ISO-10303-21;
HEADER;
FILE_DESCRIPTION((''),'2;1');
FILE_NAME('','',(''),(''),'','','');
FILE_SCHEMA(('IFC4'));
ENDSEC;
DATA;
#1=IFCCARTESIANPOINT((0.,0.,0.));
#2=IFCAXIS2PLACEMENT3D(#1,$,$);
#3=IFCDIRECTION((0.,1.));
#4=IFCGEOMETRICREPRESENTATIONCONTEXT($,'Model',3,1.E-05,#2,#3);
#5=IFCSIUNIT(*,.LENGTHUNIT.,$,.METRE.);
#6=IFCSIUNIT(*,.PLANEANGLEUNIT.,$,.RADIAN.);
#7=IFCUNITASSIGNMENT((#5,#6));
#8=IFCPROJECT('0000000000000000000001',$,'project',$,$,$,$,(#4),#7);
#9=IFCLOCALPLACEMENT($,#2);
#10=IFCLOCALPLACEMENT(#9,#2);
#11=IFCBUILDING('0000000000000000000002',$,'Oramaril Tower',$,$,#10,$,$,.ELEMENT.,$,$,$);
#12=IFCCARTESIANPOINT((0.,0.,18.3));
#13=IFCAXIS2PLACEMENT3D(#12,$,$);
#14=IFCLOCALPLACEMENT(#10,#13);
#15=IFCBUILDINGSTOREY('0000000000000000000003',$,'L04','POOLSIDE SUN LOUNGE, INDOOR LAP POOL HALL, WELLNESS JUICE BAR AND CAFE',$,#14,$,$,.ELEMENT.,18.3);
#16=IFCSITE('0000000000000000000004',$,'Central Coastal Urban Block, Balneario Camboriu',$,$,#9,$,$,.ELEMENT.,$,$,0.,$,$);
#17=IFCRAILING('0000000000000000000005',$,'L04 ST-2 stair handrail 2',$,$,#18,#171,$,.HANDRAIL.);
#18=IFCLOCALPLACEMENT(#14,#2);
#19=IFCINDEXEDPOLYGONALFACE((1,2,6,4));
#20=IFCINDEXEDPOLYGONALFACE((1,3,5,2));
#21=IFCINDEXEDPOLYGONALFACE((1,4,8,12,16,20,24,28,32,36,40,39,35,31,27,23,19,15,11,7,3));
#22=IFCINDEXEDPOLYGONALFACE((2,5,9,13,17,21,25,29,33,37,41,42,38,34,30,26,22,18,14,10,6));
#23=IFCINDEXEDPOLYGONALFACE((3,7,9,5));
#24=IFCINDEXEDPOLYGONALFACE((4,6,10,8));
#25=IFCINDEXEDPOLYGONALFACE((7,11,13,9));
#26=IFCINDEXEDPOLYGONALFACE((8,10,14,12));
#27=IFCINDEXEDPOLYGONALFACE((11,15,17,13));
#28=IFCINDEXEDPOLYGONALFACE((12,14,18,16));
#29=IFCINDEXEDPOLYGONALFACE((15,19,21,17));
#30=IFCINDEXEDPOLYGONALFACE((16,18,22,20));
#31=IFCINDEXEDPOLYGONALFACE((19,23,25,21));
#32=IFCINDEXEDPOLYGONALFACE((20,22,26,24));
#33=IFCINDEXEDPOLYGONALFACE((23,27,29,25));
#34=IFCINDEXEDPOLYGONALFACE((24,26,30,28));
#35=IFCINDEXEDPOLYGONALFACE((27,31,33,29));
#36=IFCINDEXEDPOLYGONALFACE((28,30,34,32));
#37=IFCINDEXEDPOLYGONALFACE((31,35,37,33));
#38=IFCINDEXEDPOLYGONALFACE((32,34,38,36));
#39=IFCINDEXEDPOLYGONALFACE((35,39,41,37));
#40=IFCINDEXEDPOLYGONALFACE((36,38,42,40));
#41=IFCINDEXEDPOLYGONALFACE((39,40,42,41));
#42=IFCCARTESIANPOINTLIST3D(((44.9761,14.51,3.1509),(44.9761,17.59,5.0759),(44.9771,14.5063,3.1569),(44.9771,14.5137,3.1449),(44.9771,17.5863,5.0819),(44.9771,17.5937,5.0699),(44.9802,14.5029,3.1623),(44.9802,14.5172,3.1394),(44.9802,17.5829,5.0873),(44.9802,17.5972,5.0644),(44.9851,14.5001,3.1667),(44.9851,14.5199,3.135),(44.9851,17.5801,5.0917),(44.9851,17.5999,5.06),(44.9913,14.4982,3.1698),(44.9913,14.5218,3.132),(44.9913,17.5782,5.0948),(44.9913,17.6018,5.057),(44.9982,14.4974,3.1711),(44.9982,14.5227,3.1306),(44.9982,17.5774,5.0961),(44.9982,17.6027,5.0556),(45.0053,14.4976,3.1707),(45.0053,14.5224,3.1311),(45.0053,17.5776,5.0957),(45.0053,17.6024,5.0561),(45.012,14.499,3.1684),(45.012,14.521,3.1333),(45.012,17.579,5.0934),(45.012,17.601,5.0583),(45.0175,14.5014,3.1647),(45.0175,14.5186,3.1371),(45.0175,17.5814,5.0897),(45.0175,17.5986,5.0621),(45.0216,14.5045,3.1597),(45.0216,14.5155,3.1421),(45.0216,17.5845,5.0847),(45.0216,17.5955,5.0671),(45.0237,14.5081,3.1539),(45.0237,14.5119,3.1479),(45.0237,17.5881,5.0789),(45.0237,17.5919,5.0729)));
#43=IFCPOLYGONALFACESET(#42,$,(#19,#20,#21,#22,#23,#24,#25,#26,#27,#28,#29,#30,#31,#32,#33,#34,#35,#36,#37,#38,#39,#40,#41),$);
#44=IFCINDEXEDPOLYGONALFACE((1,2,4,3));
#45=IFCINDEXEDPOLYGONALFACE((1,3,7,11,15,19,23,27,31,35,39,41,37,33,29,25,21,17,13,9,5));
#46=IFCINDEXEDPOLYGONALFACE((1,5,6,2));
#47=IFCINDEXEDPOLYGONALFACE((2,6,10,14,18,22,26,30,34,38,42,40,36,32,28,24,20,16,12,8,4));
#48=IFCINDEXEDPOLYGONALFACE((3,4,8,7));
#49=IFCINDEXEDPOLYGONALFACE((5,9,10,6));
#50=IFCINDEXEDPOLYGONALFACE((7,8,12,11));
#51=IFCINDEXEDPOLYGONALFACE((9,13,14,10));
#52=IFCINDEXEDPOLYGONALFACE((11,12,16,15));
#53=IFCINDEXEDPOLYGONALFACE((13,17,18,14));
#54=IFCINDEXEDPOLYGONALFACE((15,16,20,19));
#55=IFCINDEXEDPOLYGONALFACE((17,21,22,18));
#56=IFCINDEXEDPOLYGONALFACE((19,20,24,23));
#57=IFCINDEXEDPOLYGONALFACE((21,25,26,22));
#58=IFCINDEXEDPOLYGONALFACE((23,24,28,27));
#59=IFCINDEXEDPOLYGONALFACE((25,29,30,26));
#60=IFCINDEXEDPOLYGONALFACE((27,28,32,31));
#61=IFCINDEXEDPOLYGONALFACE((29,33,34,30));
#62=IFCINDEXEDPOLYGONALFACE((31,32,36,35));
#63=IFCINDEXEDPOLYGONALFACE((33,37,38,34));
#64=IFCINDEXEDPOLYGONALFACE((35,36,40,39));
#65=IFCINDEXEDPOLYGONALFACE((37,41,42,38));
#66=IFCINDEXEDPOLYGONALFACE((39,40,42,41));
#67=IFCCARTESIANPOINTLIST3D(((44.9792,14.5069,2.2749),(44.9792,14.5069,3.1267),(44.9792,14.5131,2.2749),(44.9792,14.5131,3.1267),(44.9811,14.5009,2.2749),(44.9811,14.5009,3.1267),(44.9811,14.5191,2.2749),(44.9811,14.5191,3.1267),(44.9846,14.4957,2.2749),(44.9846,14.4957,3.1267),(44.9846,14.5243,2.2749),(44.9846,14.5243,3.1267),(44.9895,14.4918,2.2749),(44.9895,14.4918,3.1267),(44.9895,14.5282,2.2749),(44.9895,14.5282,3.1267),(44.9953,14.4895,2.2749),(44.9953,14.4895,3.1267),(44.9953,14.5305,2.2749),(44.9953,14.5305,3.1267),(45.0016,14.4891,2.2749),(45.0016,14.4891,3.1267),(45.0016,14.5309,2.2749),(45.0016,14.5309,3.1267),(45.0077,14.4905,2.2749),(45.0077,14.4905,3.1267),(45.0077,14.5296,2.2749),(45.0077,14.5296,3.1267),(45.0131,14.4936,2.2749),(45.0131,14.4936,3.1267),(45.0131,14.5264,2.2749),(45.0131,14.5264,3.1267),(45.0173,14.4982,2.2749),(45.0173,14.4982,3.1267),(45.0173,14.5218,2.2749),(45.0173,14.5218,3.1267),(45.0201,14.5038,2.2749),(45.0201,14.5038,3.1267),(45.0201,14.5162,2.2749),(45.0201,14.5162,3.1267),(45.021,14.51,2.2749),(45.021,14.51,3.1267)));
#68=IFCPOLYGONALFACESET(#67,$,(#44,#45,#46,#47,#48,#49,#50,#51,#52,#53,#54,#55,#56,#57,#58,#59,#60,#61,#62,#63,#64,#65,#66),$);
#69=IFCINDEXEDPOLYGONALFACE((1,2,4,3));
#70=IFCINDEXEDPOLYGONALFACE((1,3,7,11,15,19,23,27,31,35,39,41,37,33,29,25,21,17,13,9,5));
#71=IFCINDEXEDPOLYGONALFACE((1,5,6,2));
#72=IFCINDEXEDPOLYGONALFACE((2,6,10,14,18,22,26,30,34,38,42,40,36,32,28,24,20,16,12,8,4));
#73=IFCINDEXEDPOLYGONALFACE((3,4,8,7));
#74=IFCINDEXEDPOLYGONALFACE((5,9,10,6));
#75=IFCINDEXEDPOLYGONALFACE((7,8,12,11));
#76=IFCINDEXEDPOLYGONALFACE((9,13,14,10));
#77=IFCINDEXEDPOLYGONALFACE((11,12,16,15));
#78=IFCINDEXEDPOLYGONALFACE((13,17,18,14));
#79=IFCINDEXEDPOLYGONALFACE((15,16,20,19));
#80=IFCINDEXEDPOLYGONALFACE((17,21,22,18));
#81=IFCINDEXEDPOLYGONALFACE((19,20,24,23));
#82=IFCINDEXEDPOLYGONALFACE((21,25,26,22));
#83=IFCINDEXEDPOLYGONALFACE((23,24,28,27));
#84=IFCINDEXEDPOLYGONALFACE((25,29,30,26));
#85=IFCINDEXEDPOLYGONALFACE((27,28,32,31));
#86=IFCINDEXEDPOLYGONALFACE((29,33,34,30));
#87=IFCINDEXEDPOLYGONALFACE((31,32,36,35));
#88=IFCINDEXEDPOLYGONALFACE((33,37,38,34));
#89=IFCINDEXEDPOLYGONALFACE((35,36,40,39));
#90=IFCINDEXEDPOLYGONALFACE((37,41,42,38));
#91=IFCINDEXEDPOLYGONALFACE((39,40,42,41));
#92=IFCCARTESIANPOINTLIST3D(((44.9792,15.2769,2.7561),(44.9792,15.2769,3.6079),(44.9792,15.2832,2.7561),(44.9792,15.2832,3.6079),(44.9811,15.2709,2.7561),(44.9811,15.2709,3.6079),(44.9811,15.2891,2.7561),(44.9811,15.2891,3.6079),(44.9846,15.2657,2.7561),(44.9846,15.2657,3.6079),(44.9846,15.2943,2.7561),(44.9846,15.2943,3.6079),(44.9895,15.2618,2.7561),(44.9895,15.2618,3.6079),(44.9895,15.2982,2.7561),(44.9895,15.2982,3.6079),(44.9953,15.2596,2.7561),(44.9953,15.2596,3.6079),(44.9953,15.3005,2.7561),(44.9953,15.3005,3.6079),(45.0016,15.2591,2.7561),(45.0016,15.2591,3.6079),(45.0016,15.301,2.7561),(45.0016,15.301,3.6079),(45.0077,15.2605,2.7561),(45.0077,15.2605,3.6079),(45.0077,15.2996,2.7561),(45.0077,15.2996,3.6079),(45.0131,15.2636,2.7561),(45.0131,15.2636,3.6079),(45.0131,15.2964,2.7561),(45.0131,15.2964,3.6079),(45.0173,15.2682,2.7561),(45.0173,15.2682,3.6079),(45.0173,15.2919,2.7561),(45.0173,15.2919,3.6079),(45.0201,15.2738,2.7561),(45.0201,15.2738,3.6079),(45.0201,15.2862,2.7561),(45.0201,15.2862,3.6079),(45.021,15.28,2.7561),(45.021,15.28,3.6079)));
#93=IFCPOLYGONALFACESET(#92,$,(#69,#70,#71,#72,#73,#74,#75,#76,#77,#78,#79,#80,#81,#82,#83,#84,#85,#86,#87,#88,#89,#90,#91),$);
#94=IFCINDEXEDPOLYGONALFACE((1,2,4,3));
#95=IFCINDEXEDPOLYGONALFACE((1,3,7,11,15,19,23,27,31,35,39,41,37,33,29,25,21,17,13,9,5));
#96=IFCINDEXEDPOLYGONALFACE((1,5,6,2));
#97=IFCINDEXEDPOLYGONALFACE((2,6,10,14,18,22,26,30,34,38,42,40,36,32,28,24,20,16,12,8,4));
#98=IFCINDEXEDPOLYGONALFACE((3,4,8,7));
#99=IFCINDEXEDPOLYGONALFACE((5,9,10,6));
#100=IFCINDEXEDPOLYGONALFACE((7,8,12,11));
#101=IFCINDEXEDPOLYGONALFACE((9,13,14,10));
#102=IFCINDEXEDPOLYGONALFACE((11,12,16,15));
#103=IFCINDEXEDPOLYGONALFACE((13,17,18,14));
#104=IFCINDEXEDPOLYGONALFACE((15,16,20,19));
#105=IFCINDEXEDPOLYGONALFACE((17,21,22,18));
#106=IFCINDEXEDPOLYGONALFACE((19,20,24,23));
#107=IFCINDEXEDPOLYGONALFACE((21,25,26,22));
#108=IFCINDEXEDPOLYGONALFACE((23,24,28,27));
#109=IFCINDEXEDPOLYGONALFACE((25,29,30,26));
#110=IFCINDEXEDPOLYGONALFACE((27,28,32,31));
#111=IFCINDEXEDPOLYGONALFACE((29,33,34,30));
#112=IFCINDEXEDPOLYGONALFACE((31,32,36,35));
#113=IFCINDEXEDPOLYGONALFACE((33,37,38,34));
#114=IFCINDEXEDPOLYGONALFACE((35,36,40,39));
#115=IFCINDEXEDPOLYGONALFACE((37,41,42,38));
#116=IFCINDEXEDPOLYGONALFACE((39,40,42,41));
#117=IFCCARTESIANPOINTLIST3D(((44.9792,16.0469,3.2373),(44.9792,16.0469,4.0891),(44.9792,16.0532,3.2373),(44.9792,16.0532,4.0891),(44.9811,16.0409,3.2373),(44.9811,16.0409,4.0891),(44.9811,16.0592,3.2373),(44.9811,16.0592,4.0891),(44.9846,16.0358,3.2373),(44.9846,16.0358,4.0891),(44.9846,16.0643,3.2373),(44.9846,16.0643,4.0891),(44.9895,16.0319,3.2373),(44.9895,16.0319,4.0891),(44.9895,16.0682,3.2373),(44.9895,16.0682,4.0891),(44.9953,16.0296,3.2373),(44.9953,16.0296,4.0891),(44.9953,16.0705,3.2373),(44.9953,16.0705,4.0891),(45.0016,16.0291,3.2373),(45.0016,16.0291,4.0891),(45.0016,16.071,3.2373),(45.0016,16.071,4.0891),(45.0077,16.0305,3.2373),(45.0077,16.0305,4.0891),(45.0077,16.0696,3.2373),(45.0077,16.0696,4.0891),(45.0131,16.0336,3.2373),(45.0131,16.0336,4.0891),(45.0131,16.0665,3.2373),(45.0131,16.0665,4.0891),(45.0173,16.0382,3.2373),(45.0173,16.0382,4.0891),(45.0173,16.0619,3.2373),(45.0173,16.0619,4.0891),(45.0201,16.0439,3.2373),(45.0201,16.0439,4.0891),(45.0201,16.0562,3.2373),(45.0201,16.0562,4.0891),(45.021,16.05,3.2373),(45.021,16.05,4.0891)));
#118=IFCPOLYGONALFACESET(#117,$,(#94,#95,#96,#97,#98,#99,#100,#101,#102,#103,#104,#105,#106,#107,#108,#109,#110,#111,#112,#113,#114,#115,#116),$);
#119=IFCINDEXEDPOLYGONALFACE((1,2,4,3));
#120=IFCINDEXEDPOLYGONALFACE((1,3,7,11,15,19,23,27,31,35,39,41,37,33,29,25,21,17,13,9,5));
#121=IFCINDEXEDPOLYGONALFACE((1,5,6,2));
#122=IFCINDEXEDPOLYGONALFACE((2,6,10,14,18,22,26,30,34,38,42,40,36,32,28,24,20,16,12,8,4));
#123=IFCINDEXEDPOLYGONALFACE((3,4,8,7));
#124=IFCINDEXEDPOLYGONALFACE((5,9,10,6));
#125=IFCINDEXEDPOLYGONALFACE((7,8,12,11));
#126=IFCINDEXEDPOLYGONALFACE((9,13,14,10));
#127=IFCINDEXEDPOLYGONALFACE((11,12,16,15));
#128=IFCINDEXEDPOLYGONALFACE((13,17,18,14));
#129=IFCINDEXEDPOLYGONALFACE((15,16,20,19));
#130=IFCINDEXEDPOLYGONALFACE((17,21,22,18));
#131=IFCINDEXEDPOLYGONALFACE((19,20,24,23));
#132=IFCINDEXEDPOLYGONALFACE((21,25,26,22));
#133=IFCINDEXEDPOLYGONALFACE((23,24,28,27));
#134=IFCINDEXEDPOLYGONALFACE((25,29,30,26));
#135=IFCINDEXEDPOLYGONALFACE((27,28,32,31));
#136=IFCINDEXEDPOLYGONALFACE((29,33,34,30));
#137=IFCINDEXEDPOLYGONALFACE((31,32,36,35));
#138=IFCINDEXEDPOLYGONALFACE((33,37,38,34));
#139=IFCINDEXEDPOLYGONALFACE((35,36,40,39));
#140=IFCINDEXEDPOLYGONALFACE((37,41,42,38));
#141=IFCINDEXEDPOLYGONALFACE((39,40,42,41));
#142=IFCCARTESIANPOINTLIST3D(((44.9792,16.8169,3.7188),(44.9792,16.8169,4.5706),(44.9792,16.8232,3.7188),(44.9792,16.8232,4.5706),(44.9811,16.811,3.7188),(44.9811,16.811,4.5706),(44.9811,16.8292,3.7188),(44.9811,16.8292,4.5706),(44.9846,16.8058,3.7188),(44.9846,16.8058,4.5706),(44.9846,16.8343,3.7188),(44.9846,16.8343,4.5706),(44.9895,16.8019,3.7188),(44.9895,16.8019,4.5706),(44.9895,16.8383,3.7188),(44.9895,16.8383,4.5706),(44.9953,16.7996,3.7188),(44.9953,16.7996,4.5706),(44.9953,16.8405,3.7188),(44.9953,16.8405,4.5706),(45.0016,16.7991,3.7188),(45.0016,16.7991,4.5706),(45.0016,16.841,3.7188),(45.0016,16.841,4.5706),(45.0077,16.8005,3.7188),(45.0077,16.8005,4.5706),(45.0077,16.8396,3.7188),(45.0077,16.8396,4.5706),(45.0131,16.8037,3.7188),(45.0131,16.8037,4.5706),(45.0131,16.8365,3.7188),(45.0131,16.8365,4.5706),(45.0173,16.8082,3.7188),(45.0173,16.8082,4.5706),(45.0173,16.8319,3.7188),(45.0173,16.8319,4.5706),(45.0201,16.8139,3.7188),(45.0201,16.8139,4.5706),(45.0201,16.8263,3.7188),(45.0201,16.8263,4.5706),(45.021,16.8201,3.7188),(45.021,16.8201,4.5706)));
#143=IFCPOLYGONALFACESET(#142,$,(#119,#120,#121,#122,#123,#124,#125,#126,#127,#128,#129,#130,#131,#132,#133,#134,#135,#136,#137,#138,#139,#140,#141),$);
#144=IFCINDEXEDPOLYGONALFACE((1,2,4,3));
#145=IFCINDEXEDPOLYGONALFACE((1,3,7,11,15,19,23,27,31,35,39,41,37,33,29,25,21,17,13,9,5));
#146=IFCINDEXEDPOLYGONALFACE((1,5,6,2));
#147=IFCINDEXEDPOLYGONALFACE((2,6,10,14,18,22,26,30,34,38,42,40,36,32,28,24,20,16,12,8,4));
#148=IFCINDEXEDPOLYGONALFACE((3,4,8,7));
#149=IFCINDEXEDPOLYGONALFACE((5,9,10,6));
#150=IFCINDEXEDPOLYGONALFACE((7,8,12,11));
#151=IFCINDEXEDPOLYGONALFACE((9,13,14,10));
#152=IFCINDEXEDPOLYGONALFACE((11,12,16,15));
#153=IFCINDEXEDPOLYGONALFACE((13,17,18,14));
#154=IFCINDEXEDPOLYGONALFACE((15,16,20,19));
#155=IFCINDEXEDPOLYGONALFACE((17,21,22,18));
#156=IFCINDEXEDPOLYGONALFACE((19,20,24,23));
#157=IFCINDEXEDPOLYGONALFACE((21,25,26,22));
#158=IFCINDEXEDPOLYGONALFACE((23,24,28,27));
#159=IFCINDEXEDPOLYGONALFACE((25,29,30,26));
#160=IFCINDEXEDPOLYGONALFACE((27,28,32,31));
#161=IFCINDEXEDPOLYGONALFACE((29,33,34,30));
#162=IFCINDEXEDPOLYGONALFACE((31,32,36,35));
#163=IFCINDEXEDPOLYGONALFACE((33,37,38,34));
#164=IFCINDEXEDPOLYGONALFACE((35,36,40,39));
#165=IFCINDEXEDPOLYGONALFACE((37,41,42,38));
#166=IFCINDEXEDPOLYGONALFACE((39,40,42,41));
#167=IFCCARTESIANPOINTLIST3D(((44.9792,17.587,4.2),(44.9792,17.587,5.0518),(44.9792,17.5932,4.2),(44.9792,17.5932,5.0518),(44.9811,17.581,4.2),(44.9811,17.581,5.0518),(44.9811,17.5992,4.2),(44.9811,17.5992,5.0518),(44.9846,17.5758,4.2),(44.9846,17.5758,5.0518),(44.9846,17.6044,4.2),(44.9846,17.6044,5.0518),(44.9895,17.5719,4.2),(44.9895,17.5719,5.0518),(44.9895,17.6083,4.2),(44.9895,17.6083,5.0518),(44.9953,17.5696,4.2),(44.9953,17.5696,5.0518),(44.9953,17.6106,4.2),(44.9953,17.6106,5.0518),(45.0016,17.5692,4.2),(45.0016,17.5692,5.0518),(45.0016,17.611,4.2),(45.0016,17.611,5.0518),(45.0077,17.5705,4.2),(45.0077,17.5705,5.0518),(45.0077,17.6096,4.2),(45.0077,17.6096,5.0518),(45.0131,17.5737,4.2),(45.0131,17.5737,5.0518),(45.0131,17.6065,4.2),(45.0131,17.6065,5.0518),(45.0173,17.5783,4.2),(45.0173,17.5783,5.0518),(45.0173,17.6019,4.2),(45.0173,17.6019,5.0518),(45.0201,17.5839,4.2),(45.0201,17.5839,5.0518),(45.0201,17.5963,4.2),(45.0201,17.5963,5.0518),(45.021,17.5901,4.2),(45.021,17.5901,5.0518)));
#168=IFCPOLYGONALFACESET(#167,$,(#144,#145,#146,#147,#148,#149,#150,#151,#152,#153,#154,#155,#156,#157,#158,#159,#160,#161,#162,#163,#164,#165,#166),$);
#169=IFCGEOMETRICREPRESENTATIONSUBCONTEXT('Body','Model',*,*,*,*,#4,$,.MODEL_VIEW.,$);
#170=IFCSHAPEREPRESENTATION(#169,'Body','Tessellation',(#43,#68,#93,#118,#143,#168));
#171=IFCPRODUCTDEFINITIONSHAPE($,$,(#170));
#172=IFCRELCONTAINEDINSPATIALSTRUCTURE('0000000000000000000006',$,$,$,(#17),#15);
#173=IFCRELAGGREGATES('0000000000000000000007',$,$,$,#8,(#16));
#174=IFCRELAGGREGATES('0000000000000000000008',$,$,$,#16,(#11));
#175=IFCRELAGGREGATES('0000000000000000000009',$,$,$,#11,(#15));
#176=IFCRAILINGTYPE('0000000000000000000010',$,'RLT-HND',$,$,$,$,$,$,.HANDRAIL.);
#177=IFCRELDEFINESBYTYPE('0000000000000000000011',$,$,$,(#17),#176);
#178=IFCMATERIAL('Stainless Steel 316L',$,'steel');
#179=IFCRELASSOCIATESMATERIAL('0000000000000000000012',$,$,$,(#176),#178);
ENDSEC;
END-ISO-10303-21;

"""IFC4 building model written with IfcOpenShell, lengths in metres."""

from ifc_helpers import new_model, si_unit, direction, frame, origin, origin_2d, place, context, subcontext, project, spatial, circle, extrude, material, type_object, element, save


model = new_model("IFC4")

# Units and contexts
model_context = context("Model", 3, precision=1e-05, world=origin(), true_north=direction((0.0, 1.0)))
body_context = subcontext(model_context, "Body", "Model", "MODEL_VIEW")
ifc_project = project(units=[si_unit("LENGTHUNIT", "METRE"), si_unit("PLANEANGLEUNIT", "RADIAN")], contexts=[model_context])

# Site, building, storey
site_placement = place(None, origin())
site = spatial("IfcSite", under=ifc_project, at=site_placement, Name="Central Coastal Urban Block, Balneario Camboriu", CompositionType="ELEMENT", RefElevation=0.0)
building_placement = place(site_placement, origin())
building = spatial("IfcBuilding", under=site, at=building_placement, Name="Oramaril Tower", CompositionType="ELEMENT")
storey_placement = place(building_placement, frame((0.0, 0.0, 18.3)))
storey = spatial("IfcBuildingStorey", under=building, at=storey_placement, Name="L04", Description="POOLSIDE SUN LOUNGE, INDOOR LAP POOL HALL, WELLNESS JUICE BAR AND CAFE", CompositionType="ELEMENT", Elevation=18.3)

# Railing
ifc_material_1 = material(Name="Stainless Steel 316L", Category="steel")
railing_type_1 = type_object("IfcRailingType", Name="RLT-HND", PredefinedType="HANDRAIL", material=ifc_material_1)
railing_1_placement = place(storey_placement, frame((45.0, 14.51, 2.2749)))
element("IfcRailing", 1, at=railing_1_placement, inside=storey, type_object=railing_type_1, Name="L04 ST-2 stair handrail 2", PredefinedType="HANDRAIL", context=body_context, shape_type="SweptSolid", body=[
    extrude(circle(Radius=0.0239, at=origin_2d()), frame((0.0, 0.0, 0.876), z_axis=(0.0, 0.847998, 0.529999), x_axis=(-1.0, 0.0, 0.0)), (0.0, 0.0, 1.0), 3.6321),
    extrude(circle(Radius=0.021, at=origin_2d()), origin(), (0.0, 0.0, 1.0), 0.8518),
    extrude(circle(Radius=0.021, at=origin_2d()), frame((0.0, 0.77, 0.4812)), (0.0, 0.0, 1.0), 0.8518),
    extrude(circle(Radius=0.021, at=origin_2d()), frame((0.0, 1.54, 0.9624)), (0.0, 0.0, 1.0), 0.8518),
    extrude(circle(Radius=0.021, at=origin_2d()), frame((0.0, 2.3101, 1.4438)), (0.0, 0.0, 1.0), 0.8518),
    extrude(circle(Radius=0.021, at=origin_2d()), frame((0.0, 3.0801, 1.925)), (0.0, 0.0, 1.0), 0.8518),
])

save(model, "model.ifc")
